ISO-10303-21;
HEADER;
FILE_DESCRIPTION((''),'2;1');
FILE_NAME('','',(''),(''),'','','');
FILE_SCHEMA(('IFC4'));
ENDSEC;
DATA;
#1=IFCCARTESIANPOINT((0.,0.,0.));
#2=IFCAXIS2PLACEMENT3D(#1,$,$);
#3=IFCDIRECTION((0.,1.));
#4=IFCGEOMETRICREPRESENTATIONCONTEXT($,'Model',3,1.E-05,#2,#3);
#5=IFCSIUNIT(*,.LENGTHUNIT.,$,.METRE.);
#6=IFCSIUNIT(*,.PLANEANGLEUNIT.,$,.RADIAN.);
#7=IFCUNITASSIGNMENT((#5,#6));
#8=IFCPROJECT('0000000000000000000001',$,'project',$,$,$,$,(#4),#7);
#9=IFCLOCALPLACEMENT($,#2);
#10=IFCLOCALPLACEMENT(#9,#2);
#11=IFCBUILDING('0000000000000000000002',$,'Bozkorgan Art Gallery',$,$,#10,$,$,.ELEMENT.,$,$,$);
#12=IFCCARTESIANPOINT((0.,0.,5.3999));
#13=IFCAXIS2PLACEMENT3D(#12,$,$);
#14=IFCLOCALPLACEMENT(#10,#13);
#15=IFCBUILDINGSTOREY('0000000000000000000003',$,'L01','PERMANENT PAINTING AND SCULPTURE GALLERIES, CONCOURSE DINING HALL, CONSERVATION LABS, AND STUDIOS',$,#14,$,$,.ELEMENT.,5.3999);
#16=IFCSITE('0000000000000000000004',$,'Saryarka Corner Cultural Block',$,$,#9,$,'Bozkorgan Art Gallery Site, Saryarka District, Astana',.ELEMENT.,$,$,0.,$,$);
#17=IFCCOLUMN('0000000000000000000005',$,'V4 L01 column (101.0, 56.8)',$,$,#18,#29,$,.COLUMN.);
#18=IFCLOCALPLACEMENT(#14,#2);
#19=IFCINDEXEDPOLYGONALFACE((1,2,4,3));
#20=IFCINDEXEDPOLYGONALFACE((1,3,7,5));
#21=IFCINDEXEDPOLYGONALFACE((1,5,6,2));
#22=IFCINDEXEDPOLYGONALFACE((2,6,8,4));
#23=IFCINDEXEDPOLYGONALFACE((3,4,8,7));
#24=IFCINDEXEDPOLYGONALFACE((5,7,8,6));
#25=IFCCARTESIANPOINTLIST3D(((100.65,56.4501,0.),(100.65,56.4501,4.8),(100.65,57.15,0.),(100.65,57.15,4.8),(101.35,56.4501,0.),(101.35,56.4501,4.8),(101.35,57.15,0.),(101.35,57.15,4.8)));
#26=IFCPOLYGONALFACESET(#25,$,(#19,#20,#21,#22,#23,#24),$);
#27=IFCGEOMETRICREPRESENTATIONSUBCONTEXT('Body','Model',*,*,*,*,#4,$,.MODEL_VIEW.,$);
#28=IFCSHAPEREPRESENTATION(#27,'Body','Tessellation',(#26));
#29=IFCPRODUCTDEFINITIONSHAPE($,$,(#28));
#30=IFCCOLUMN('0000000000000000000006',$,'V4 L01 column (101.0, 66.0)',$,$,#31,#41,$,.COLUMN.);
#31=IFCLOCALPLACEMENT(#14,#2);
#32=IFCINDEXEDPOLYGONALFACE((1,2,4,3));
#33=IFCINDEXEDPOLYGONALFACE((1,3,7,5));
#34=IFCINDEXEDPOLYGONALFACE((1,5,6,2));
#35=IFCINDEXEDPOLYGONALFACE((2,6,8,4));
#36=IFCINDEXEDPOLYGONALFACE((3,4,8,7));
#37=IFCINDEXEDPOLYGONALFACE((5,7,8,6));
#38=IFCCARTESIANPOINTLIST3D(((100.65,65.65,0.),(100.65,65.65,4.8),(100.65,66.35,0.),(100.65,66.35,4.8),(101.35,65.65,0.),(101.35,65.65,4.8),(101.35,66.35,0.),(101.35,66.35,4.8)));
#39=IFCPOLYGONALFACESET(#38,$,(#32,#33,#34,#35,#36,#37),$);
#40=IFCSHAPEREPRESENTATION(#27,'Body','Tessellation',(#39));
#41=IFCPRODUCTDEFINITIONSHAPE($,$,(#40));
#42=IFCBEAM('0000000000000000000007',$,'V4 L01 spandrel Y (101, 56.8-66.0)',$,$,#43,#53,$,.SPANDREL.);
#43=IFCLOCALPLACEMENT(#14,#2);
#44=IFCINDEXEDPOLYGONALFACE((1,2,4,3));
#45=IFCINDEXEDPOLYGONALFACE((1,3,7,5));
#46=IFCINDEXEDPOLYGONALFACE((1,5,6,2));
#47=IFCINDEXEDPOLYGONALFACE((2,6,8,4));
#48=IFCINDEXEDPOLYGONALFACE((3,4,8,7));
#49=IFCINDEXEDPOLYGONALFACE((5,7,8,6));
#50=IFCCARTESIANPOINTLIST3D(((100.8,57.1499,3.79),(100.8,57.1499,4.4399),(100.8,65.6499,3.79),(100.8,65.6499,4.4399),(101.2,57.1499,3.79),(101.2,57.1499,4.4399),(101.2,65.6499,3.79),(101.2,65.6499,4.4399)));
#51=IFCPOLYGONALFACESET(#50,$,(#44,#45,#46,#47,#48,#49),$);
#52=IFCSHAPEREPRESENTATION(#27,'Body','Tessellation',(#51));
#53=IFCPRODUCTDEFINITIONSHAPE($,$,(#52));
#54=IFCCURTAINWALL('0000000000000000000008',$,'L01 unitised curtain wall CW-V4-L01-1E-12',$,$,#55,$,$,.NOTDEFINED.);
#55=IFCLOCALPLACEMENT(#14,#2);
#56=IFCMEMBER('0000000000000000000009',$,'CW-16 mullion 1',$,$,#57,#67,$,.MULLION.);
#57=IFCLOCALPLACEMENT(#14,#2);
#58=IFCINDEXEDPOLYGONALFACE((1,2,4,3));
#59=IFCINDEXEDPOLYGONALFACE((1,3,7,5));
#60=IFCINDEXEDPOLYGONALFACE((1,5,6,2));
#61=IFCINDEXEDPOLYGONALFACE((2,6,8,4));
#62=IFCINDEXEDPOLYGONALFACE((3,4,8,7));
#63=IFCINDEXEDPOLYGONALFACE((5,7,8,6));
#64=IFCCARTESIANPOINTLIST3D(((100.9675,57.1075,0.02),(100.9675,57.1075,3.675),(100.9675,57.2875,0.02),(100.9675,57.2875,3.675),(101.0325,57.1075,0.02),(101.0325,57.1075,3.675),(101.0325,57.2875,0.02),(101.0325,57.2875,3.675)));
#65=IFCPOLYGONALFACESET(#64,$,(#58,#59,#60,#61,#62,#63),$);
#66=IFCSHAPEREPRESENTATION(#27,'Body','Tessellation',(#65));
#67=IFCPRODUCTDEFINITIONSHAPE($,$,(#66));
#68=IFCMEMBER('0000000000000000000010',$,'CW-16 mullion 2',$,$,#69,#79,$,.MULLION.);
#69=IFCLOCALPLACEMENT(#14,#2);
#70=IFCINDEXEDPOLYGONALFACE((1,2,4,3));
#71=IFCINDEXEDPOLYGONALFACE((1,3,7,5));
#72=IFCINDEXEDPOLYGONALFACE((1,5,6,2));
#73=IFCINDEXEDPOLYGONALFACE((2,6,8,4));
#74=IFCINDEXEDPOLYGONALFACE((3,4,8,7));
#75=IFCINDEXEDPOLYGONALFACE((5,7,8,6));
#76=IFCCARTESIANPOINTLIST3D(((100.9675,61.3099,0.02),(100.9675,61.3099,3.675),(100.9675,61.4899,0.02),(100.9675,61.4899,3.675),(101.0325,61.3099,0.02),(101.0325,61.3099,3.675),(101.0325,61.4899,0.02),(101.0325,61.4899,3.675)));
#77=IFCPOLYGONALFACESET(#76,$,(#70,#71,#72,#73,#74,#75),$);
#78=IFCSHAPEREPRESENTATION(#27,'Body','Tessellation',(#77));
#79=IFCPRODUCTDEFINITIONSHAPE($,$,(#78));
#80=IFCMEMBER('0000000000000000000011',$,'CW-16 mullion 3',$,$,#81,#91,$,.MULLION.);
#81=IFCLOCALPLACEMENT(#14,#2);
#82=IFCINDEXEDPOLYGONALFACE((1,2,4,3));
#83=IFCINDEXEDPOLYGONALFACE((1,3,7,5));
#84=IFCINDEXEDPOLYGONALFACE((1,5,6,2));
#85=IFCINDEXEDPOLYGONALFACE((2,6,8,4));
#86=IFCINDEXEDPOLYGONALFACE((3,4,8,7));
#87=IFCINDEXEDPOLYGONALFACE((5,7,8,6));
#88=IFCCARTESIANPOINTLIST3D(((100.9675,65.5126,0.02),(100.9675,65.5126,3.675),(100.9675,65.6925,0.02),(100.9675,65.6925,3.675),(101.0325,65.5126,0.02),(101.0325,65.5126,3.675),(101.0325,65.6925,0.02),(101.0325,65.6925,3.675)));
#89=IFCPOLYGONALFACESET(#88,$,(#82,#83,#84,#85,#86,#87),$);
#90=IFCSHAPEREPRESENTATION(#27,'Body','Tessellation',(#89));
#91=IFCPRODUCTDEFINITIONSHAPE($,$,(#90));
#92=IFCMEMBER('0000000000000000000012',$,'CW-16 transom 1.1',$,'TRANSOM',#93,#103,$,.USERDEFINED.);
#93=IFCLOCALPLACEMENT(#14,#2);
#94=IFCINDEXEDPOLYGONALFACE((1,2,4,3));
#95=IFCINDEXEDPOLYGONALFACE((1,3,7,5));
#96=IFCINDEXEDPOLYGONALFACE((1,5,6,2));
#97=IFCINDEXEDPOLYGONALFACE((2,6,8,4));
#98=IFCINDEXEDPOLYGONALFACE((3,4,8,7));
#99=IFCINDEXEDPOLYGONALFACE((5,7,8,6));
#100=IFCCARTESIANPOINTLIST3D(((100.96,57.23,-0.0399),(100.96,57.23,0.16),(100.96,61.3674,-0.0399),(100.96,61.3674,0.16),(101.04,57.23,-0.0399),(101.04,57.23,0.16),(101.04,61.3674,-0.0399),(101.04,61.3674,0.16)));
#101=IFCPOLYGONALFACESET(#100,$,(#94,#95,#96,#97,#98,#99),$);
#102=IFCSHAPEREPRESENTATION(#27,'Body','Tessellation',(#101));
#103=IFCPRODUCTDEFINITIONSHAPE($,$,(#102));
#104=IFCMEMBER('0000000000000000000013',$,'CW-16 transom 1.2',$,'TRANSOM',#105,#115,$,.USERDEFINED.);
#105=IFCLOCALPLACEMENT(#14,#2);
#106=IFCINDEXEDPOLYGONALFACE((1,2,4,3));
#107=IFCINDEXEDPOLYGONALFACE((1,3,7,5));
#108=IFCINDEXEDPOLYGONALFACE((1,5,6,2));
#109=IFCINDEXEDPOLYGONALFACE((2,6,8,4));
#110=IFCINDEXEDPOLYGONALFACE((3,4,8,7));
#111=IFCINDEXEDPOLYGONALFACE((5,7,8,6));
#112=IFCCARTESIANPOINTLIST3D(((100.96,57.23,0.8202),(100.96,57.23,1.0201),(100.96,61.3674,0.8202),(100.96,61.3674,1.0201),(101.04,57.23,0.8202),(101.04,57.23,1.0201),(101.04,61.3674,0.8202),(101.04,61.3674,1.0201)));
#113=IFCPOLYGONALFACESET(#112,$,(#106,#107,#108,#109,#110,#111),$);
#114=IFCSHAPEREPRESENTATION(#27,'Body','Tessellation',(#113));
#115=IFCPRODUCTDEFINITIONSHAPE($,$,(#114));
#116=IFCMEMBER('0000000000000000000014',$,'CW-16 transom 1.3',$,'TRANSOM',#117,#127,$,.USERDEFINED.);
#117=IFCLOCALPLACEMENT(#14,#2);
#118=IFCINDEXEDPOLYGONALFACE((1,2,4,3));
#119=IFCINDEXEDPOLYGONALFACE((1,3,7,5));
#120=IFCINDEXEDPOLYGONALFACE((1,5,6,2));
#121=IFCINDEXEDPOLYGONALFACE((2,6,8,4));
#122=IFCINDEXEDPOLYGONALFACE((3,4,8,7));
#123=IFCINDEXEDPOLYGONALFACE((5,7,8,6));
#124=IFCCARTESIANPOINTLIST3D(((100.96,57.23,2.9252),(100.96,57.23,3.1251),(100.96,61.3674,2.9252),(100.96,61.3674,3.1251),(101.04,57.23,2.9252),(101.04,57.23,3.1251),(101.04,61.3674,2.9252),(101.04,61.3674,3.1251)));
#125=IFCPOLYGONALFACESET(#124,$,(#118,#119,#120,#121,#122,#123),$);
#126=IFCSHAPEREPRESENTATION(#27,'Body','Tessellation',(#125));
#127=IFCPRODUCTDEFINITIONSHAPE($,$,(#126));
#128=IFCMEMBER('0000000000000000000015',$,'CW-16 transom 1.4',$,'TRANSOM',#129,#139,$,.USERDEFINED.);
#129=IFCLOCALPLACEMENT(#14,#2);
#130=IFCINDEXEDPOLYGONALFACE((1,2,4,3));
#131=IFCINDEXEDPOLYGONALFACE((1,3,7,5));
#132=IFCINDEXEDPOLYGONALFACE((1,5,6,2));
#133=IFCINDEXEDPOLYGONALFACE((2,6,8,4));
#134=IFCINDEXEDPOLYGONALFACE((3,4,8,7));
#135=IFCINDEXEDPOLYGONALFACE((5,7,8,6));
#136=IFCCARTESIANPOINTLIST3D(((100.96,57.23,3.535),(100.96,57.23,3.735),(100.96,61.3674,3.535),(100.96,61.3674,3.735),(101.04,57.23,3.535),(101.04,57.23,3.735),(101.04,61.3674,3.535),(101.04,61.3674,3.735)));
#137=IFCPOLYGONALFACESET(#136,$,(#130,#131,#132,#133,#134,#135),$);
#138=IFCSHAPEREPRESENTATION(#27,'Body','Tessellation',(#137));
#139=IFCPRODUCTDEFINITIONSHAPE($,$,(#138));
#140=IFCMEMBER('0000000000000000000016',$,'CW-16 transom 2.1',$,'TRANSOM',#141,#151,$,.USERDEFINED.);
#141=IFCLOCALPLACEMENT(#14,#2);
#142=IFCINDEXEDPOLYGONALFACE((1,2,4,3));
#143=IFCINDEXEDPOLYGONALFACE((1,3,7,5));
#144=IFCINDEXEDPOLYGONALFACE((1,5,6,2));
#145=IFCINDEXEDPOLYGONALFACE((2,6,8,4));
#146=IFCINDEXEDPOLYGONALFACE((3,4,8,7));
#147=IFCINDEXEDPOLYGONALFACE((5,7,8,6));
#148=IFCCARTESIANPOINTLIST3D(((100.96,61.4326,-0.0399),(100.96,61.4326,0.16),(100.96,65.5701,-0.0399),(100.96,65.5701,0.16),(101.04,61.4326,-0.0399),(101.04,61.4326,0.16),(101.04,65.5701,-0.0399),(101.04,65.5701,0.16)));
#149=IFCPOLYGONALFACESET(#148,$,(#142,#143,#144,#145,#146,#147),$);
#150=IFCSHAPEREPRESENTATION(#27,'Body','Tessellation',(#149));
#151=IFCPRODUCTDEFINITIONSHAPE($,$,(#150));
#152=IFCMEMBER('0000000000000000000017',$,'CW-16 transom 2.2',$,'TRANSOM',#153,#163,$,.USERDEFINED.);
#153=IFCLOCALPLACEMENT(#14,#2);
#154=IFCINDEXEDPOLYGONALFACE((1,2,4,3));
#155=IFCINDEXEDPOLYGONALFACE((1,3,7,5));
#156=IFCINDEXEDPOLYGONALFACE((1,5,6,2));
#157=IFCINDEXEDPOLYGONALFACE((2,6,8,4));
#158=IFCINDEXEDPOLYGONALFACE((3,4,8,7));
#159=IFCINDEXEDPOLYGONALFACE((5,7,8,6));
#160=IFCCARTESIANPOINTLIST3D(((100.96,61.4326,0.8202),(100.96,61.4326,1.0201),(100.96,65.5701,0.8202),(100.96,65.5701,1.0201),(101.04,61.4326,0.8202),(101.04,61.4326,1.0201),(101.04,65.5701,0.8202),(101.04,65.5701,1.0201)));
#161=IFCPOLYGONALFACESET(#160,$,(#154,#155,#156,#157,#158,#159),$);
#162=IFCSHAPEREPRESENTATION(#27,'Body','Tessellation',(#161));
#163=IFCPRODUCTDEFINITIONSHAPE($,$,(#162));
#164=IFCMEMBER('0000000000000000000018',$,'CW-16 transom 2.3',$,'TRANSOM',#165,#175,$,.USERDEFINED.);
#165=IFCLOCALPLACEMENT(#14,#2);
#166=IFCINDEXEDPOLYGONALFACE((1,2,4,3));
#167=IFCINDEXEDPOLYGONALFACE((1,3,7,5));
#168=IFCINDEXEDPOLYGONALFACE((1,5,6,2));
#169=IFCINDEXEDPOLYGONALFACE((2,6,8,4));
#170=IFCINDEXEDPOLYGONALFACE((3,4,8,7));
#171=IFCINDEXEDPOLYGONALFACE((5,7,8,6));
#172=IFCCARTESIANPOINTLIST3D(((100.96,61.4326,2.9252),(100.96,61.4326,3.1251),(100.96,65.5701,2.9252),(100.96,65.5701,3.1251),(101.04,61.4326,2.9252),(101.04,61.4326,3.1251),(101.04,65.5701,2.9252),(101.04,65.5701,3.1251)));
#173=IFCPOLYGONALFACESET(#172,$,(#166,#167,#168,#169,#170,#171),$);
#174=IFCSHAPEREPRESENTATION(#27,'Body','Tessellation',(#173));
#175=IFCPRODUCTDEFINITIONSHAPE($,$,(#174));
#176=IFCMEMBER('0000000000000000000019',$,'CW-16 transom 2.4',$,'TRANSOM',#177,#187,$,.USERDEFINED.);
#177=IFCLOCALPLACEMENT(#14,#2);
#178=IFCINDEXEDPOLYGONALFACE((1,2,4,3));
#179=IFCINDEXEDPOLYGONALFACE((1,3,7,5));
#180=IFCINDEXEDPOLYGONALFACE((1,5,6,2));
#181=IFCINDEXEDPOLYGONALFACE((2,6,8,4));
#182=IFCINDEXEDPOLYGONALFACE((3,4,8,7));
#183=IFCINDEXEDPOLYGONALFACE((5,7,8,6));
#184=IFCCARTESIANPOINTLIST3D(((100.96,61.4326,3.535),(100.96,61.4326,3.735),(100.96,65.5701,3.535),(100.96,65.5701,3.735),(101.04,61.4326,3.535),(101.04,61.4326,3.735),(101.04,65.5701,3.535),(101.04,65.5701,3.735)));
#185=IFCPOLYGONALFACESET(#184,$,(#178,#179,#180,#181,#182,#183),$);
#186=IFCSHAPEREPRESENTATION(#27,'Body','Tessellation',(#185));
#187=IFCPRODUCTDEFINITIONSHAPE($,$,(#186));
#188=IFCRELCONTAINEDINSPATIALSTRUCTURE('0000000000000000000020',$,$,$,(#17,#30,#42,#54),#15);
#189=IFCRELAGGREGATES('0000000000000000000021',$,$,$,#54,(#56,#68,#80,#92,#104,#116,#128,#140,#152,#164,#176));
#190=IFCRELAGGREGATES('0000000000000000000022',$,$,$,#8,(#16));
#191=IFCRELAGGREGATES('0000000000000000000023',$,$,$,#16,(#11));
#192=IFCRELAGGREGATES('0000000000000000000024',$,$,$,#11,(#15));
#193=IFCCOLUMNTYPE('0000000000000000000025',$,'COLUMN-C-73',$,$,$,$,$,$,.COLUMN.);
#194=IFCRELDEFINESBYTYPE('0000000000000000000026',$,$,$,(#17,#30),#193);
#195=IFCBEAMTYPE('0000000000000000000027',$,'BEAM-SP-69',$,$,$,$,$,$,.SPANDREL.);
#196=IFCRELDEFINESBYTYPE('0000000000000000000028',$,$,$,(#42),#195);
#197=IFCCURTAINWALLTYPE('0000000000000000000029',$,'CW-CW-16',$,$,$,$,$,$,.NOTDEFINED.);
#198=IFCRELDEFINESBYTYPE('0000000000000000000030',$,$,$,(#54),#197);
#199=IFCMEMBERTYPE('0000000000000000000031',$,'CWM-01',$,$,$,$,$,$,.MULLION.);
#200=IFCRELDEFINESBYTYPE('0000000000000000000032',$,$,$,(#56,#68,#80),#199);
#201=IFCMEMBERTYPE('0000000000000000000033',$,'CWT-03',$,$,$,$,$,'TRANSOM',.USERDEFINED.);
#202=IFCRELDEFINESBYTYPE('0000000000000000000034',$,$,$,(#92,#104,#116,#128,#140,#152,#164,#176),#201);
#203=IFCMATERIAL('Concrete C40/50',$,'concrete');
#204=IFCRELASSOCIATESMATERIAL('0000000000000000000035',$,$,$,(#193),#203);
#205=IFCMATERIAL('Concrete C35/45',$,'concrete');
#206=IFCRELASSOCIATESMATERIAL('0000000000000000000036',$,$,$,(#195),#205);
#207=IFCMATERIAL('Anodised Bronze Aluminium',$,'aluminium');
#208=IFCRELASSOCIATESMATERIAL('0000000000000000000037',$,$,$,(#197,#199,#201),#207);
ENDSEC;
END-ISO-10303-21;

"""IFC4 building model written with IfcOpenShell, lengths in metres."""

from ifc_helpers import new_model, si_unit, direction, frame, origin, origin_2d, place, context, subcontext, project, spatial, rectangle, extrude, material, material_profile, profile_set, type_object, element, aggregate, save


model = new_model("IFC4")

# Units and contexts
model_context = context("Model", 3, precision=1e-05, world=origin(), true_north=direction((0.0, 1.0)))
body_context = subcontext(model_context, "Body", "Model", "MODEL_VIEW")
ifc_project = project(units=[si_unit("LENGTHUNIT", "METRE"), si_unit("PLANEANGLEUNIT", "RADIAN")], contexts=[model_context])

# Site, building, storey
site_placement = place(None, origin())
site = spatial("IfcSite", under=ifc_project, at=site_placement, Name="Saryarka Corner Cultural Block", LongName="Bozkorgan Art Gallery Site, Saryarka District, Astana", CompositionType="ELEMENT", RefElevation=0.0)
building_placement = place(site_placement, origin())
building = spatial("IfcBuilding", under=site, at=building_placement, Name="Bozkorgan Art Gallery", CompositionType="ELEMENT")
storey_placement = place(building_placement, frame((0.0, 0.0, 5.3999)))
storey = spatial("IfcBuildingStorey", under=building, at=storey_placement, Name="L01", Description="PERMANENT PAINTING AND SCULPTURE GALLERIES, CONCOURSE DINING HALL, CONSERVATION LABS, AND STUDIOS", CompositionType="ELEMENT", Elevation=5.3999)

# Columns
ifc_material_1 = material(Name="Concrete C40/50", Category="concrete")
ifc_material_profile_1 = material_profile(ifc_material_1, rectangle(XDim=0.7, YDim=0.7, at=origin_2d()), Name="RC 700x700")
ifc_profile_set_1 = profile_set([ifc_material_profile_1], Name="Concrete C40/50")
column_type = type_object("IfcColumnType", Name="COLUMN-C-73", PredefinedType="COLUMN", material=ifc_profile_set_1)
for number, where, z_axis, x_axis, name in (
    (1, (101.0, 56.8, 0.0), (0.0, 0.0, 1.0), (1.0, 0.0, 0.0), "V4 L01 column (101.0, 56.8)"),
    (2, (101.0, 66.0, 0.0), (0.0, 0.0, 1.0), (1.0, 0.0, 0.0), "V4 L01 column (101.0, 66.0)"),
):
    element("IfcColumn", number, at=place(storey_placement, frame(where, z_axis=z_axis, x_axis=x_axis)), inside=storey, type_object=column_type, Name=name, PredefinedType="COLUMN", context=body_context, shape_type="SweptSolid", body=[
        extrude(rectangle(XDim=0.7, YDim=0.7, at=origin_2d()), origin(), (0.0, 0.0, 1.0), 4.8),
    ])

# Beam
ifc_material_2 = material(Name="Concrete C35/45", Category="concrete")
ifc_material_profile_2 = material_profile(ifc_material_2, rectangle(XDim=0.3999, YDim=0.6499, at=origin_2d()), Name="RC 400x650")
ifc_profile_set_2 = profile_set([ifc_material_profile_2], Name="Concrete C35/45")
beam_type = type_object("IfcBeamType", Name="BEAM-SP-69", PredefinedType="SPANDREL", material=ifc_profile_set_2)
beam_placement = place(storey_placement, frame((101.0, 57.1499, 4.115), z_axis=(0.0, 1.0, 0.0), x_axis=(-1.0, 0.0, 0.0)))
element("IfcBeam", 3, at=beam_placement, inside=storey, type_object=beam_type, Name="V4 L01 spandrel Y (101, 56.8-66.0)", PredefinedType="SPANDREL", context=body_context, shape_type="SweptSolid", body=[
    extrude(rectangle(XDim=0.3999, YDim=0.6499, at=origin_2d()), origin(), (0.0, 0.0, 1.0), 8.5),
])

# Curtain wall, members
ifc_material_3 = material(Name="Anodised Bronze Aluminium", Category="aluminium")
curtain_wall_type = type_object("IfcCurtainWallType", Name="CW-CW-16", PredefinedType="NOTDEFINED", material=ifc_material_3)
curtain_wall_placement = place(storey_placement, origin())
curtain_wall = element("IfcCurtainWall", 4, at=curtain_wall_placement, inside=storey, type_object=curtain_wall_type, Name="L01 unitised curtain wall CW-V4-L01-1E-12", PredefinedType="NOTDEFINED")
ifc_material_profile_3 = material_profile(ifc_material_3, rectangle(XDim=0.0649, YDim=0.1799, at=origin_2d()), Name="ALU MULLION 65x180")
ifc_profile_set_3 = profile_set([ifc_material_profile_3], Name="Anodised Bronze Aluminium")
member_type_1 = type_object("IfcMemberType", Name="CWM-01", PredefinedType="MULLION", material=ifc_profile_set_3)
member_1_placement = place(storey_placement, frame((101.0, 57.1975, 0.02), z_axis=(0.0, 0.0, 1.0), x_axis=(-1.0, 0.0, 0.0)))
member_1 = element("IfcMember", 5, at=member_1_placement, type_object=member_type_1, Name="CW-16 mullion 1", PredefinedType="MULLION", context=body_context, shape_type="SweptSolid", body=[
    extrude(rectangle(XDim=0.0649, YDim=0.1799, at=origin_2d()), origin(), (0.0, 0.0, 1.0), 3.655),
])
member_2_placement = place(storey_placement, frame((101.0, 61.3999, 0.02), z_axis=(0.0, 0.0, 1.0), x_axis=(-1.0, 0.0, 0.0)))
member_2 = element("IfcMember", 6, at=member_2_placement, type_object=member_type_1, Name="CW-16 mullion 2", PredefinedType="MULLION", context=body_context, shape_type="SweptSolid", body=[
    extrude(rectangle(XDim=0.0649, YDim=0.1799, at=origin_2d()), origin(), (0.0, 0.0, 1.0), 3.655),
])
member_3_placement = place(storey_placement, frame((101.0, 65.6025, 0.02), z_axis=(0.0, 0.0, 1.0), x_axis=(-1.0, 0.0, 0.0)))
member_3 = element("IfcMember", 7, at=member_3_placement, type_object=member_type_1, Name="CW-16 mullion 3", PredefinedType="MULLION", context=body_context, shape_type="SweptSolid", body=[
    extrude(rectangle(XDim=0.0649, YDim=0.1799, at=origin_2d()), origin(), (0.0, 0.0, 1.0), 3.655),
])
ifc_material_profile_4 = material_profile(ifc_material_3, rectangle(XDim=0.0801, YDim=0.2, at=origin_2d()), Name="ALU TRANSOM 80x200")
ifc_profile_set_4 = profile_set([ifc_material_profile_4], Name="Anodised Bronze Aluminium")
member_type_2 = type_object("IfcMemberType", Name="CWT-03", ElementType="TRANSOM", PredefinedType="USERDEFINED", material=ifc_profile_set_4)
member_4_placement = place(storey_placement, frame((101.0, 57.23, 0.0601), z_axis=(0.0, 1.0, 0.0), x_axis=(-1.0, 0.0, 0.0)))
member_4 = element("IfcMember", 8, at=member_4_placement, type_object=member_type_2, Name="CW-16 transom 1.1", ObjectType="TRANSOM", PredefinedType="USERDEFINED", context=body_context, shape_type="SweptSolid", body=[
    extrude(rectangle(XDim=0.0801, YDim=0.2, at=origin_2d()), origin(), (0.0, 0.0, 1.0), 4.1375),
])
member_5_placement = place(storey_placement, frame((101.0, 57.23, 0.9202), z_axis=(0.0, 1.0, 0.0), x_axis=(-1.0, 0.0, 0.0)))
member_5 = element("IfcMember", 9, at=member_5_placement, type_object=member_type_2, Name="CW-16 transom 1.2", ObjectType="TRANSOM", PredefinedType="USERDEFINED", context=body_context, shape_type="SweptSolid", body=[
    extrude(rectangle(XDim=0.0801, YDim=0.2, at=origin_2d()), origin(), (0.0, 0.0, 1.0), 4.1375),
])
member_6_placement = place(storey_placement, frame((101.0, 57.23, 3.0251), z_axis=(0.0, 1.0, 0.0), x_axis=(-1.0, 0.0, 0.0)))
member_6 = element("IfcMember", 10, at=member_6_placement, type_object=member_type_2, Name="CW-16 transom 1.3", ObjectType="TRANSOM", PredefinedType="USERDEFINED", context=body_context, shape_type="SweptSolid", body=[
    extrude(rectangle(XDim=0.0801, YDim=0.2, at=origin_2d()), origin(), (0.0, 0.0, 1.0), 4.1375),
])
member_7_placement = place(storey_placement, frame((101.0, 57.23, 3.635), z_axis=(0.0, 1.0, 0.0), x_axis=(-1.0, 0.0, 0.0)))
member_7 = element("IfcMember", 11, at=member_7_placement, type_object=member_type_2, Name="CW-16 transom 1.4", ObjectType="TRANSOM", PredefinedType="USERDEFINED", context=body_context, shape_type="SweptSolid", body=[
    extrude(rectangle(XDim=0.0801, YDim=0.2, at=origin_2d()), origin(), (0.0, 0.0, 1.0), 4.1375),
])
member_8_placement = place(storey_placement, frame((101.0, 61.4326, 0.0601), z_axis=(0.0, 1.0, 0.0), x_axis=(-1.0, 0.0, 0.0)))
member_8 = element("IfcMember", 12, at=member_8_placement, type_object=member_type_2, Name="CW-16 transom 2.1", ObjectType="TRANSOM", PredefinedType="USERDEFINED", context=body_context, shape_type="SweptSolid", body=[
    extrude(rectangle(XDim=0.0801, YDim=0.2, at=origin_2d()), origin(), (0.0, 0.0, 1.0), 4.1375),
])
member_9_placement = place(storey_placement, frame((101.0, 61.4326, 0.9202), z_axis=(0.0, 1.0, 0.0), x_axis=(-1.0, 0.0, 0.0)))
member_9 = element("IfcMember", 13, at=member_9_placement, type_object=member_type_2, Name="CW-16 transom 2.2", ObjectType="TRANSOM", PredefinedType="USERDEFINED", context=body_context, shape_type="SweptSolid", body=[
    extrude(rectangle(XDim=0.0801, YDim=0.2, at=origin_2d()), origin(), (0.0, 0.0, 1.0), 4.1375),
])
member_10_placement = place(storey_placement, frame((101.0, 61.4326, 3.0251), z_axis=(0.0, 1.0, 0.0), x_axis=(-1.0, 0.0, 0.0)))
member_10 = element("IfcMember", 14, at=member_10_placement, type_object=member_type_2, Name="CW-16 transom 2.3", ObjectType="TRANSOM", PredefinedType="USERDEFINED", context=body_context, shape_type="SweptSolid", body=[
    extrude(rectangle(XDim=0.0801, YDim=0.2, at=origin_2d()), origin(), (0.0, 0.0, 1.0), 4.1375),
])
member_11_placement = place(storey_placement, frame((101.0, 61.4326, 3.635), z_axis=(0.0, 1.0, 0.0), x_axis=(-1.0, 0.0, 0.0)))
member_11 = element("IfcMember", 15, at=member_11_placement, type_object=member_type_2, Name="CW-16 transom 2.4", ObjectType="TRANSOM", PredefinedType="USERDEFINED", context=body_context, shape_type="SweptSolid", body=[
    extrude(rectangle(XDim=0.0801, YDim=0.2, at=origin_2d()), origin(), (0.0, 0.0, 1.0), 4.1375),
])
aggregate(curtain_wall, [member_1, member_2, member_3, member_4, member_5, member_6, member_7, member_8, member_9, member_10, member_11])

save(model, "model.ifc")
